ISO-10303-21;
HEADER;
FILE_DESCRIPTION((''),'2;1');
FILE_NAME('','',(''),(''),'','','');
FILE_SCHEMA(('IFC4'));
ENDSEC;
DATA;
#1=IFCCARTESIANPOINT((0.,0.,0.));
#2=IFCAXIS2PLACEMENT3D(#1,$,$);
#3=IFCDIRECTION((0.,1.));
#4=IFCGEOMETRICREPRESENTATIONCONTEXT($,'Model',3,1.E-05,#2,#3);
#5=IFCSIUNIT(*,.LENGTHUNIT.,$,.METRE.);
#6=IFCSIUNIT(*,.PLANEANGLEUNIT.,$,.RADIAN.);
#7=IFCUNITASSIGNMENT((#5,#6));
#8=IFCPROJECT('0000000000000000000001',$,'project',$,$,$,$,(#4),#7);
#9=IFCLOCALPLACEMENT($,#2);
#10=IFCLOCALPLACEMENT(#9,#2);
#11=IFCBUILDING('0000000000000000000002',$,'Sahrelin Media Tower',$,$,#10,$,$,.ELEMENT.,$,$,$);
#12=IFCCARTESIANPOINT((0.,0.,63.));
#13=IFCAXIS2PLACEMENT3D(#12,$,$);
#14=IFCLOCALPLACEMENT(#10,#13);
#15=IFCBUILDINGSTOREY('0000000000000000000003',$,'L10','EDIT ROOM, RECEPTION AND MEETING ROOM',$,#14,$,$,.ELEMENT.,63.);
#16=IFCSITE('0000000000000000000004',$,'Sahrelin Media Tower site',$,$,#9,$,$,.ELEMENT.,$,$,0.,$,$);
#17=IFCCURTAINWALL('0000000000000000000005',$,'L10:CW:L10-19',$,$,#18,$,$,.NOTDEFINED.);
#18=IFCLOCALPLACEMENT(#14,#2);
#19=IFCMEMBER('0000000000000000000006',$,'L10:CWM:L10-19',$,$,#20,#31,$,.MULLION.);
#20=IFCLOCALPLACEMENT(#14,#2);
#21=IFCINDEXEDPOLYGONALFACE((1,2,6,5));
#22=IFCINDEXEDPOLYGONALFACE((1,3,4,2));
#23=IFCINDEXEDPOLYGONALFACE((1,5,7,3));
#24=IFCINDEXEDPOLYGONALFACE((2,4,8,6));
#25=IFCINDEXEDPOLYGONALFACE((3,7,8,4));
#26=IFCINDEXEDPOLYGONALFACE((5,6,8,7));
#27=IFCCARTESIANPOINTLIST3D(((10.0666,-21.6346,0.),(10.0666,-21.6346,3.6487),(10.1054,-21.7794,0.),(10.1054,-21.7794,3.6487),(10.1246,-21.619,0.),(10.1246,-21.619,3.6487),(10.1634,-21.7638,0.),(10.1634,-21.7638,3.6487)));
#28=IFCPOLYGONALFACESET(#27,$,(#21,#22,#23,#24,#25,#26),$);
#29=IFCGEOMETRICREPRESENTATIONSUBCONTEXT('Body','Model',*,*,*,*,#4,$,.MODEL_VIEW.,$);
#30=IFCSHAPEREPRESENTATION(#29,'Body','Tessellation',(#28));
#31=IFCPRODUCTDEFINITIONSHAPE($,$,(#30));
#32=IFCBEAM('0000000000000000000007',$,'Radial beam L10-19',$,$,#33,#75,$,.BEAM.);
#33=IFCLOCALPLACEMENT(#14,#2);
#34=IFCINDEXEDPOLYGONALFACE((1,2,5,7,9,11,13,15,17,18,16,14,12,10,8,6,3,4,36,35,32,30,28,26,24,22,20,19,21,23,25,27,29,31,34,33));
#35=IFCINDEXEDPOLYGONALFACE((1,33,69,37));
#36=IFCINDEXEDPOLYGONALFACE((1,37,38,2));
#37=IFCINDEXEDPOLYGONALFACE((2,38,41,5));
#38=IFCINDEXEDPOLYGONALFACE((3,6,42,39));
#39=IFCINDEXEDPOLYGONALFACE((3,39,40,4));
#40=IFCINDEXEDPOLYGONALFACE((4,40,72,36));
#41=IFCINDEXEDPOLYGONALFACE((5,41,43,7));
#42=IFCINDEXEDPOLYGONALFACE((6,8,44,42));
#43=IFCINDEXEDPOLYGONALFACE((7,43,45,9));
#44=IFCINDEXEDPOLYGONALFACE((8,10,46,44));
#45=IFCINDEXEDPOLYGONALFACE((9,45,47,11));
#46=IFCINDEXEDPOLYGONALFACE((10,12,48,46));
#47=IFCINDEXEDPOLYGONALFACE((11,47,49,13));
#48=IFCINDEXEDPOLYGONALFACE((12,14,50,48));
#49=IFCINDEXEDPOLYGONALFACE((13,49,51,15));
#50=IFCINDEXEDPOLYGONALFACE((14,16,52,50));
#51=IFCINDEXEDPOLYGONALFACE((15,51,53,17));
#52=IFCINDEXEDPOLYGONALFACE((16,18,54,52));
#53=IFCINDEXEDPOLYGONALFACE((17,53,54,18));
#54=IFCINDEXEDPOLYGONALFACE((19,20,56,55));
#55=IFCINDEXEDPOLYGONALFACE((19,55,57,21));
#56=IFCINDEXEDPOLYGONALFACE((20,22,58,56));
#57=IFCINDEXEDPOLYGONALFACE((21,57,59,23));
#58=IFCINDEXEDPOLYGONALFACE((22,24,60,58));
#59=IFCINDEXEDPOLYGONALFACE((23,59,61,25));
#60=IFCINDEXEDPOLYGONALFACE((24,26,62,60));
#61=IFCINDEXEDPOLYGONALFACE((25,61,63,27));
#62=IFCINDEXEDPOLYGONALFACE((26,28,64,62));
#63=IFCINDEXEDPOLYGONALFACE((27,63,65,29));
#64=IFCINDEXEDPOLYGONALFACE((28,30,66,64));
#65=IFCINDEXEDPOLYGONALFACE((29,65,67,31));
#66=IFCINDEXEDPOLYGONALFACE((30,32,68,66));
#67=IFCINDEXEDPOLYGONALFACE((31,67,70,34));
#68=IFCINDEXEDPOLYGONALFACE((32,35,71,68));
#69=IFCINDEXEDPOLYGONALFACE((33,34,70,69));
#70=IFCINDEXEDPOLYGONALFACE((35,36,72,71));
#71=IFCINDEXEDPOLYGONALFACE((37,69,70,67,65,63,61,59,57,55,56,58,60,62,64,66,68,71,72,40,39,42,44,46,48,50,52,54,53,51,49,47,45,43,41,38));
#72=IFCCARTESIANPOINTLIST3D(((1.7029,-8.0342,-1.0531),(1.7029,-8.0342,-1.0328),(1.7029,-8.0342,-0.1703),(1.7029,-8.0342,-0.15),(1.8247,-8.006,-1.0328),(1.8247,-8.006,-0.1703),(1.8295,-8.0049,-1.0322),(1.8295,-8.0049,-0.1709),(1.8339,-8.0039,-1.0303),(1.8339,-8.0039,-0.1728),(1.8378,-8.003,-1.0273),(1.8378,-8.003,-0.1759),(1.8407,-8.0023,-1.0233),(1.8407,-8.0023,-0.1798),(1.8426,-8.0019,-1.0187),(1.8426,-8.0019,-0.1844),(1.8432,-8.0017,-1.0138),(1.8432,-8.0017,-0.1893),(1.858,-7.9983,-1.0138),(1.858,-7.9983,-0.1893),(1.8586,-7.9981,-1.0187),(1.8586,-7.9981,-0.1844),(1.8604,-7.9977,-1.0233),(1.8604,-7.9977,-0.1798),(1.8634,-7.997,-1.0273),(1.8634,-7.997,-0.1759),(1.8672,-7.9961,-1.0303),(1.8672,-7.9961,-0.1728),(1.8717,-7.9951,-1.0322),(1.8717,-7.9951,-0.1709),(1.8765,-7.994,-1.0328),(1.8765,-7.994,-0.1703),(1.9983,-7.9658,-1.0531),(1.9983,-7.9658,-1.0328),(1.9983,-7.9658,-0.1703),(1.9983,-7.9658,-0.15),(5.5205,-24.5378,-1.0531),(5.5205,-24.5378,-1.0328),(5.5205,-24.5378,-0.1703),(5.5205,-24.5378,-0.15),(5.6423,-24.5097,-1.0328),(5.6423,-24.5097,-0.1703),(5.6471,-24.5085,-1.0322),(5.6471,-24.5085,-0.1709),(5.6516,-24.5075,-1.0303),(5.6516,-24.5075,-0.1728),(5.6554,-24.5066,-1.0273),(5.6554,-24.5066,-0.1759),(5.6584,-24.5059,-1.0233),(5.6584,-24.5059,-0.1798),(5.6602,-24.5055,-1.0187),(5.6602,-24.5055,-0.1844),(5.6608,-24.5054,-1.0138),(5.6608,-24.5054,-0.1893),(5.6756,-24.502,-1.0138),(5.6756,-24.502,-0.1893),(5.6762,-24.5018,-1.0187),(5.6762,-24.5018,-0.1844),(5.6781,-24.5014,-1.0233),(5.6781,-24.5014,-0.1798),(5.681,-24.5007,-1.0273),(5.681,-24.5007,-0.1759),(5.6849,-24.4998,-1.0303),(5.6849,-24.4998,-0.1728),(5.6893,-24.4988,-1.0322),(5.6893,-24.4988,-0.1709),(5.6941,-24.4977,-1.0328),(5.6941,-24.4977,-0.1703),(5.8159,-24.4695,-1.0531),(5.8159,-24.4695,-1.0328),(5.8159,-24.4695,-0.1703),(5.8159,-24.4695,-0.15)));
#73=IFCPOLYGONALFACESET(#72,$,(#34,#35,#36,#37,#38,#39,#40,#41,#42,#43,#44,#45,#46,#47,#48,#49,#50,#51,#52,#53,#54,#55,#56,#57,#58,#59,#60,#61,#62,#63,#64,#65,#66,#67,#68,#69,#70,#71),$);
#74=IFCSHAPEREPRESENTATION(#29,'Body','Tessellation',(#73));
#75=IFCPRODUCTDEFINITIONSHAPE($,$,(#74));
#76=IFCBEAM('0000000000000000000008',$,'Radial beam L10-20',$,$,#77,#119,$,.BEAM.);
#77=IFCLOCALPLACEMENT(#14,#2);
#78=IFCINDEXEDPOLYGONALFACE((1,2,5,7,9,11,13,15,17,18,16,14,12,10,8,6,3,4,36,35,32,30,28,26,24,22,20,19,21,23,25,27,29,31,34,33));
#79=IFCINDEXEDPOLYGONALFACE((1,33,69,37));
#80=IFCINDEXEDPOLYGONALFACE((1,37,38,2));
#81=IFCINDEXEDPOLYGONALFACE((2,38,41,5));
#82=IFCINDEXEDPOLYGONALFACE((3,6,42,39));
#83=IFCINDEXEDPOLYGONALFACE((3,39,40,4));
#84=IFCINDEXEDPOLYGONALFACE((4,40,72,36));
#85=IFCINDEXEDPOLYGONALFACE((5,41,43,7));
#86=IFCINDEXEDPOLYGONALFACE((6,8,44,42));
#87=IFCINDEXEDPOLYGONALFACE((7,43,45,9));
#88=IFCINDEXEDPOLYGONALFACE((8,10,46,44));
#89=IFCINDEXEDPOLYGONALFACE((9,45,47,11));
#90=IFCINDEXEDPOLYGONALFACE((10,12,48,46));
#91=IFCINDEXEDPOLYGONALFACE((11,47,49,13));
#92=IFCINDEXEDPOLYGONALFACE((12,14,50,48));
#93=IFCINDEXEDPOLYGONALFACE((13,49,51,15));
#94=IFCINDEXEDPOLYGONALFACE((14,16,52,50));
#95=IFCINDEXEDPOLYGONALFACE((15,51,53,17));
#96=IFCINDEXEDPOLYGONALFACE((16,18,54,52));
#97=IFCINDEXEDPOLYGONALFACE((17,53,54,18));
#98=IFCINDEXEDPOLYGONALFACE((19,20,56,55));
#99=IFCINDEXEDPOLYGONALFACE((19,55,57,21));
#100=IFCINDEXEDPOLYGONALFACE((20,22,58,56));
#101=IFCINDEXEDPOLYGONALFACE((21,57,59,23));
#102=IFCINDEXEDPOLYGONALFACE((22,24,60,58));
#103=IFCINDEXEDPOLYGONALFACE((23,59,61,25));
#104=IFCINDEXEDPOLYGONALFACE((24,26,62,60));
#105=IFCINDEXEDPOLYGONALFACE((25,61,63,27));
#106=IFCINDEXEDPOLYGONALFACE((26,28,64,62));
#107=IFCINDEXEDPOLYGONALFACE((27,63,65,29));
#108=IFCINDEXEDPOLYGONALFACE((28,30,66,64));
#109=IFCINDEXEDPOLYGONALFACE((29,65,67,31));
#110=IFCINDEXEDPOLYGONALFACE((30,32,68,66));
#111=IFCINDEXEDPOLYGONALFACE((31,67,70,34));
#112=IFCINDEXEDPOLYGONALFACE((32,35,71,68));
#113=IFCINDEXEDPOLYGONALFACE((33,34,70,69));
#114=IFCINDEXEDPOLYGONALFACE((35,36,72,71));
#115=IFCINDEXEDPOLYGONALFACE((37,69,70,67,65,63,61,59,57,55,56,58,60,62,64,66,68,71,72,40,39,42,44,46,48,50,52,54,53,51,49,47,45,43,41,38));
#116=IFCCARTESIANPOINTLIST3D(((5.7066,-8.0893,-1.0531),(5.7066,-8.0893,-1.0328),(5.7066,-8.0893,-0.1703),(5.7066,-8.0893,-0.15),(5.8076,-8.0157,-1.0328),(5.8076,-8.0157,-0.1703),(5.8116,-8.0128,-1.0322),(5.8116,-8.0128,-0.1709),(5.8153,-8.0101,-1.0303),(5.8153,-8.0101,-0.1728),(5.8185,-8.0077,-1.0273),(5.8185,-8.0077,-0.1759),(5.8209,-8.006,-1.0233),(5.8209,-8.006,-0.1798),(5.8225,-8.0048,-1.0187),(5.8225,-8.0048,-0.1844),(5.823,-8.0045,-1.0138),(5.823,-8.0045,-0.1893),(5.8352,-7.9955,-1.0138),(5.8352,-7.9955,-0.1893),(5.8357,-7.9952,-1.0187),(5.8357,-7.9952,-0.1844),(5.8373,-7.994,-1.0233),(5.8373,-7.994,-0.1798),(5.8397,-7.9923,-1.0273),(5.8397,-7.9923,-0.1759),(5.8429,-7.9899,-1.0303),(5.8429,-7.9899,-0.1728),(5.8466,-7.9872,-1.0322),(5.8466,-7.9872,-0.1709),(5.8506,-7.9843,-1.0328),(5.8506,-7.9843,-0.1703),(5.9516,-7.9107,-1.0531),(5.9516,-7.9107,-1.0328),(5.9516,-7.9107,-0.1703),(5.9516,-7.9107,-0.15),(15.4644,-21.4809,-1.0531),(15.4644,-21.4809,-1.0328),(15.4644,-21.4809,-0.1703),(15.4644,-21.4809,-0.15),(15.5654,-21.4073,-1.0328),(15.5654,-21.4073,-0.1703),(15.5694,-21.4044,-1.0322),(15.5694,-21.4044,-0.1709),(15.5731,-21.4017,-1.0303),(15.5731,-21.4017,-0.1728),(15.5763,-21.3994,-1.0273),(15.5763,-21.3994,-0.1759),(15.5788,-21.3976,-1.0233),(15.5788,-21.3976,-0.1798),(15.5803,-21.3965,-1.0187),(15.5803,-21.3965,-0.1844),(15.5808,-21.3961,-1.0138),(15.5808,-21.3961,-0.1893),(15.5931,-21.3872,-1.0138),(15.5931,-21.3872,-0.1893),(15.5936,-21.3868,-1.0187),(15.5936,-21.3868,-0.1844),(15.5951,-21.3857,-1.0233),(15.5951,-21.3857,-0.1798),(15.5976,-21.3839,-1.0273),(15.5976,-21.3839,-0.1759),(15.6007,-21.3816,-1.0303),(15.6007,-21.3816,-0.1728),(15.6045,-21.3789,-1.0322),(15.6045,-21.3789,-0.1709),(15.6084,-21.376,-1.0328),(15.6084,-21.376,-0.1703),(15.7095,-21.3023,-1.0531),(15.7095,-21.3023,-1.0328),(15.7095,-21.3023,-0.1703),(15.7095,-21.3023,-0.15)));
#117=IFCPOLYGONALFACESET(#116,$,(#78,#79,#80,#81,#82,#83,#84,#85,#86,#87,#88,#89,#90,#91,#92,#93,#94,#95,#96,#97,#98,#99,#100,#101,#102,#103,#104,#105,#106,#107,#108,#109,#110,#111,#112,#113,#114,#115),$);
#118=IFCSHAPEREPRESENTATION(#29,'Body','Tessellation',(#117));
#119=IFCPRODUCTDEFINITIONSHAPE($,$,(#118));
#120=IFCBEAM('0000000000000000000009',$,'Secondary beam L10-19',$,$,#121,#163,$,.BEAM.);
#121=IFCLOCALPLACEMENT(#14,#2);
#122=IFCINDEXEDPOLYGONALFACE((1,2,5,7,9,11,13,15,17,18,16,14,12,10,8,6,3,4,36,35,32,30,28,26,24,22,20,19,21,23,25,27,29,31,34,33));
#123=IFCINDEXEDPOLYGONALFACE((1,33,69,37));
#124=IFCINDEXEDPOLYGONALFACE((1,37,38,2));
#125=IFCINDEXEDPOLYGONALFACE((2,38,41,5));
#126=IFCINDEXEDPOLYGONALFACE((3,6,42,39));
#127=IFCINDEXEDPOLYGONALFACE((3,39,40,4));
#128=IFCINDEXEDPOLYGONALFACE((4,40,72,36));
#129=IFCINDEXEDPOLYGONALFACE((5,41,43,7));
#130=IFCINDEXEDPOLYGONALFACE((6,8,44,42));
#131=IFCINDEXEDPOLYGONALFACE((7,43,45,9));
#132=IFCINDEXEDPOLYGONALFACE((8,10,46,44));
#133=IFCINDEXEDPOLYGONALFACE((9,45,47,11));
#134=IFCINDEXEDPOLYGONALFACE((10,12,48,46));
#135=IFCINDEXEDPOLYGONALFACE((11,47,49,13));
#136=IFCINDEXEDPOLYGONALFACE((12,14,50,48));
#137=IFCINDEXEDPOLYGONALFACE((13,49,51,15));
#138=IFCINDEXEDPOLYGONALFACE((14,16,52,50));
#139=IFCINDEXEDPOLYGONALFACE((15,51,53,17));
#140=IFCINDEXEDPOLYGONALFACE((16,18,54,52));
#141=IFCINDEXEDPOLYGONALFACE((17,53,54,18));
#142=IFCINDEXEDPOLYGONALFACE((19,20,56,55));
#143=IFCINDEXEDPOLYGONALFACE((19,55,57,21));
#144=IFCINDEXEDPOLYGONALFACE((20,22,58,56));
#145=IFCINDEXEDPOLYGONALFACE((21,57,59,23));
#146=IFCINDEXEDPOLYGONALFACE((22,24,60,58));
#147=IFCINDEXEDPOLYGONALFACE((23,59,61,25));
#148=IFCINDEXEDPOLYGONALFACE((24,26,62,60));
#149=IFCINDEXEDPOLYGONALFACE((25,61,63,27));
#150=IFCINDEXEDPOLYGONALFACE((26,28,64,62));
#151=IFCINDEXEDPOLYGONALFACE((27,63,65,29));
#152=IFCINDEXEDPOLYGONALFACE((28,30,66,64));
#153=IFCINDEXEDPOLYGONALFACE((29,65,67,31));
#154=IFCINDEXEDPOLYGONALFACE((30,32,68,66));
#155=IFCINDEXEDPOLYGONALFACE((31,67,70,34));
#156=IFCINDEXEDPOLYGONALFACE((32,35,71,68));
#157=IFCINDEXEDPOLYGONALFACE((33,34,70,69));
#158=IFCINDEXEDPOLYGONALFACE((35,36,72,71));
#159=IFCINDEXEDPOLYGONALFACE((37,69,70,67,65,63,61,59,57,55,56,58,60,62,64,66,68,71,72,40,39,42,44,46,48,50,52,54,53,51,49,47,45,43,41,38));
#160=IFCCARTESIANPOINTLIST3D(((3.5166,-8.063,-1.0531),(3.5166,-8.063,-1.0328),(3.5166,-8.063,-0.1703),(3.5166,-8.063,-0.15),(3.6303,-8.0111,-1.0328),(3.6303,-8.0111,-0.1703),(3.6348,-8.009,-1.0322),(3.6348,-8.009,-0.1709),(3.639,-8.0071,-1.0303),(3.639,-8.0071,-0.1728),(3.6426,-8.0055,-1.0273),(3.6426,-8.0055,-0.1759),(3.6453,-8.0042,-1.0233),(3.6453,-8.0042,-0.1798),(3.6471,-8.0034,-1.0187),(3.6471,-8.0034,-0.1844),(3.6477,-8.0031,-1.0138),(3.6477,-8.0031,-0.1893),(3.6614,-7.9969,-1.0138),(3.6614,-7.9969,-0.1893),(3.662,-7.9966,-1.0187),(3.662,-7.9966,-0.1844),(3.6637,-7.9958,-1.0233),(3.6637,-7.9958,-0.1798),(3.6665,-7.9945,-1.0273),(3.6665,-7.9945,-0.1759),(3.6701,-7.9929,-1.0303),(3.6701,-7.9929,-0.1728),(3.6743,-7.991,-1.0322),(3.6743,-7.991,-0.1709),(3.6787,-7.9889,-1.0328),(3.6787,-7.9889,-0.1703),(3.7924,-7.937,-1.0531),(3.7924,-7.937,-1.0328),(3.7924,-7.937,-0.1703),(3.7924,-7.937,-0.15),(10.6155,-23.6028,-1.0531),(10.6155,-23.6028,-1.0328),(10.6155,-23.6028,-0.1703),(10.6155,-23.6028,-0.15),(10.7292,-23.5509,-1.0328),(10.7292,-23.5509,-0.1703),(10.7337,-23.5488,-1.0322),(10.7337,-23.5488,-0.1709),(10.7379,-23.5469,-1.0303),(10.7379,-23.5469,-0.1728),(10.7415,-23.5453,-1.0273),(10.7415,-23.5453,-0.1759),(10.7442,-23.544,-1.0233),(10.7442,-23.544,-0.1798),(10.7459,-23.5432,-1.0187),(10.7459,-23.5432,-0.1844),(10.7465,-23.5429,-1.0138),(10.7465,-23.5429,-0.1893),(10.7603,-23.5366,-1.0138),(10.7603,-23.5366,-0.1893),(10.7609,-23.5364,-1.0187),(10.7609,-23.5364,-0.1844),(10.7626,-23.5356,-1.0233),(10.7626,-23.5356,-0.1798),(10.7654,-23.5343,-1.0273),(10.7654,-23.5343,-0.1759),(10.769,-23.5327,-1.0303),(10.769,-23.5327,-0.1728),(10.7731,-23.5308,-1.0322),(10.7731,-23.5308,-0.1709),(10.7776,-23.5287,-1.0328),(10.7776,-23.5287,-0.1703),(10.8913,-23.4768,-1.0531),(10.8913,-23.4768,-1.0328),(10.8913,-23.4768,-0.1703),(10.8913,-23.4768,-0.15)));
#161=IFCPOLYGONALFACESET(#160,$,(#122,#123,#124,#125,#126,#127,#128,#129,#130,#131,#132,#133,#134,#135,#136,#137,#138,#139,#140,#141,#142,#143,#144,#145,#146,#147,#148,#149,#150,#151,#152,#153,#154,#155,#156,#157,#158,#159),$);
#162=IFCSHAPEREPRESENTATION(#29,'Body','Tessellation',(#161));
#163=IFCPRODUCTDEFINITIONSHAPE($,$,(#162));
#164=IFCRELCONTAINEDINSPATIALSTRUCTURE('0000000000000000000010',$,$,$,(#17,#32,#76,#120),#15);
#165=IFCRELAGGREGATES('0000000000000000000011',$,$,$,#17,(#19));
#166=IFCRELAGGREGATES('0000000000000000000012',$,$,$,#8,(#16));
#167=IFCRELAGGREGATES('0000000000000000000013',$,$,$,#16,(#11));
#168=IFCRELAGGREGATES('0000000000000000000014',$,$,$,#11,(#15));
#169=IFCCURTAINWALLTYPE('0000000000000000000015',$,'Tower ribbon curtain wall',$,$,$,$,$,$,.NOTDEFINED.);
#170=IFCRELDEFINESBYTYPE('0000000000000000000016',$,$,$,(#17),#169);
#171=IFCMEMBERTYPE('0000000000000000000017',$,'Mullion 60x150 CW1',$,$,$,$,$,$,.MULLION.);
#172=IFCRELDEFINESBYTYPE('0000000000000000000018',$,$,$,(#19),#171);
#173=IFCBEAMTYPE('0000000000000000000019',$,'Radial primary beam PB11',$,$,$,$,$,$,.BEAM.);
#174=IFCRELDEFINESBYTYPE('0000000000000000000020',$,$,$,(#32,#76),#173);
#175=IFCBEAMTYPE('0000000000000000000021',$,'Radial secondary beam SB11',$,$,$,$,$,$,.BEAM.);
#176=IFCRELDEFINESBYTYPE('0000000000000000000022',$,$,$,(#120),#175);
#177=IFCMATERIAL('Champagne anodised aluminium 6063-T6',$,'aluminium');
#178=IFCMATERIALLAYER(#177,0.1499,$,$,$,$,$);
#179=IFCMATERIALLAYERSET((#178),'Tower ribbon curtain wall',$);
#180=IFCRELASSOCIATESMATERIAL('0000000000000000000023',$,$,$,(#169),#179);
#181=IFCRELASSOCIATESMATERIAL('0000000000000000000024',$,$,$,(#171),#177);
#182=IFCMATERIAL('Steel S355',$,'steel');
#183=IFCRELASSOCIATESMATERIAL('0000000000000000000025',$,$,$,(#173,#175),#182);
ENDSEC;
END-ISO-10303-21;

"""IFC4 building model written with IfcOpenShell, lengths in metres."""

from ifc_helpers import new_model, si_unit, direction, frame, origin, origin_2d, place, context, subcontext, project, spatial, rectangle, i_section, extrude, material, layer, layer_set, material_profile, profile_set, type_object, element, aggregate, save


model = new_model("IFC4")

# Units and contexts
model_context = context("Model", 3, precision=1e-05, world=origin(), true_north=direction((0.0, 1.0)))
body_context = subcontext(model_context, "Body", "Model", "MODEL_VIEW")
ifc_project = project(units=[si_unit("LENGTHUNIT", "METRE"), si_unit("PLANEANGLEUNIT", "RADIAN")], contexts=[model_context])

# Site, building, storey
site_placement = place(None, origin())
site = spatial("IfcSite", under=ifc_project, at=site_placement, Name="Sahrelin Media Tower site", CompositionType="ELEMENT", RefElevation=0.0)
building_placement = place(site_placement, origin())
building = spatial("IfcBuilding", under=site, at=building_placement, Name="Sahrelin Media Tower", CompositionType="ELEMENT")
storey_placement = place(building_placement, frame((0.0, 0.0, 63.0)))
storey = spatial("IfcBuildingStorey", under=building, at=storey_placement, Name="L10", Description="EDIT ROOM, RECEPTION AND MEETING ROOM", CompositionType="ELEMENT", Elevation=63.0)

# Shared definitions
ifc_material_1 = material(Name="Steel S355", Category="steel")

# Curtain wall, member
ifc_material_2 = material(Name="Champagne anodised aluminium 6063-T6", Category="aluminium")
ifc_layer_1 = layer(ifc_material_2, 0.1499)
ifc_layer_set_1 = layer_set([ifc_layer_1], Name="Tower ribbon curtain wall")
curtain_wall_type = type_object("IfcCurtainWallType", Name="Tower ribbon curtain wall", PredefinedType="NOTDEFINED", material=ifc_layer_set_1)
ifc_material_profile_1 = material_profile(ifc_material_2, rectangle(XDim=0.0601, YDim=0.1499, at=origin_2d()), Name="Mullion 60x150")
ifc_profile_set_1 = profile_set([ifc_material_profile_1], Name="Champagne anodised aluminium 6063-T6")
member_type_1 = type_object("IfcMemberType", Name="Mullion 60x150 CW1", PredefinedType="MULLION", material=ifc_profile_set_1)
curtain_wall_1_placement = place(storey_placement, frame((10.1394, -21.791, 0.0), z_axis=(0.0, 0.0, 1.0), x_axis=(1.0, 0.0, 0.0)))
curtain_wall_1 = element("IfcCurtainWall", 1, at=curtain_wall_1_placement, inside=storey, type_object=curtain_wall_type, Name="L10:CW:L10-19", PredefinedType="NOTDEFINED")
member_1_placement = place(storey_placement, frame((10.115, -21.6992, 0.0), z_axis=(0.0, 0.0, 1.0), x_axis=(0.965925, 0.258821, 0.0)))
member_1 = element("IfcMember", 2, at=member_1_placement, type_object=member_type_1, Name="L10:CWM:L10-19", PredefinedType="MULLION", context=body_context, shape_type="SweptSolid", body=[
    extrude(rectangle(XDim=0.0601, YDim=0.1499, at=origin_2d()), origin(), (0.0, 0.0, 1.0), 3.6487),
])

# Beams
ifc_material_profile_2 = material_profile(ifc_material_1, i_section(OverallWidth=0.3032, OverallDepth=0.9031, WebThickness=0.0151, FlangeThickness=0.0203, FilletRadius=0.019, at=origin_2d()), Name="UB 914x305x201")
ifc_profile_set_2 = profile_set([ifc_material_profile_2], Name="Steel S355")
beam_type_1 = type_object("IfcBeamType", Name="Radial primary beam PB11", PredefinedType="BEAM", material=ifc_profile_set_2)
beam_1_placement = place(storey_placement, frame((1.8506, -8.0, -0.6016), z_axis=(0.225369, -0.974273, 0.0), x_axis=(0.974273, 0.225369, 0.0)))
element("IfcBeam", 3, at=beam_1_placement, inside=storey, type_object=beam_type_1, Name="Radial beam L10-19", PredefinedType="BEAM", context=body_context, shape_type="SweptSolid", body=[
    extrude(i_section(OverallWidth=0.3032, OverallDepth=0.9031, WebThickness=0.0151, FlangeThickness=0.0203, FilletRadius=0.019, at=origin_2d()), origin(), (0.0, 0.0, 1.0), 16.9395),
])
beam_2_placement = place(storey_placement, frame((5.8291, -8.0, -0.6016), z_axis=(0.5889, -0.808206, 0.0), x_axis=(0.808206, 0.5889, 0.0)))
element("IfcBeam", 4, at=beam_2_placement, inside=storey, type_object=beam_type_1, Name="Radial beam L10-20", PredefinedType="BEAM", context=body_context, shape_type="SweptSolid", body=[
    extrude(i_section(OverallWidth=0.3032, OverallDepth=0.9031, WebThickness=0.0151, FlangeThickness=0.0203, FilletRadius=0.019, at=origin_2d()), origin(), (0.0, 0.0, 1.0), 16.5696),
])
ifc_material_profile_3 = material_profile(ifc_material_1, i_section(OverallWidth=0.3032, OverallDepth=0.9031, WebThickness=0.0151, FlangeThickness=0.0203, FilletRadius=0.019, at=origin_2d()), Name="UB 914x305x201")
ifc_profile_set_3 = profile_set([ifc_material_profile_3], Name="Steel S355")
beam_type_2 = type_object("IfcBeamType", Name="Radial secondary beam SB11", PredefinedType="BEAM", material=ifc_profile_set_3)
beam_3_placement = place(storey_placement, frame((3.6545, -8.0, -0.6016), z_axis=(0.415516, -0.909586, 0.0), x_axis=(0.909586, 0.415516, 0.0)))
element("IfcBeam", 5, at=beam_3_placement, inside=storey, type_object=beam_type_2, Name="Secondary beam L10-19", PredefinedType="BEAM", context=body_context, shape_type="SweptSolid", body=[
    extrude(i_section(OverallWidth=0.3032, OverallDepth=0.9031, WebThickness=0.0151, FlangeThickness=0.0203, FilletRadius=0.019, at=origin_2d()), origin(), (0.0, 0.0, 1.0), 17.0845),
])

aggregate(curtain_wall_1, [member_1])

save(model, "model.ifc")
